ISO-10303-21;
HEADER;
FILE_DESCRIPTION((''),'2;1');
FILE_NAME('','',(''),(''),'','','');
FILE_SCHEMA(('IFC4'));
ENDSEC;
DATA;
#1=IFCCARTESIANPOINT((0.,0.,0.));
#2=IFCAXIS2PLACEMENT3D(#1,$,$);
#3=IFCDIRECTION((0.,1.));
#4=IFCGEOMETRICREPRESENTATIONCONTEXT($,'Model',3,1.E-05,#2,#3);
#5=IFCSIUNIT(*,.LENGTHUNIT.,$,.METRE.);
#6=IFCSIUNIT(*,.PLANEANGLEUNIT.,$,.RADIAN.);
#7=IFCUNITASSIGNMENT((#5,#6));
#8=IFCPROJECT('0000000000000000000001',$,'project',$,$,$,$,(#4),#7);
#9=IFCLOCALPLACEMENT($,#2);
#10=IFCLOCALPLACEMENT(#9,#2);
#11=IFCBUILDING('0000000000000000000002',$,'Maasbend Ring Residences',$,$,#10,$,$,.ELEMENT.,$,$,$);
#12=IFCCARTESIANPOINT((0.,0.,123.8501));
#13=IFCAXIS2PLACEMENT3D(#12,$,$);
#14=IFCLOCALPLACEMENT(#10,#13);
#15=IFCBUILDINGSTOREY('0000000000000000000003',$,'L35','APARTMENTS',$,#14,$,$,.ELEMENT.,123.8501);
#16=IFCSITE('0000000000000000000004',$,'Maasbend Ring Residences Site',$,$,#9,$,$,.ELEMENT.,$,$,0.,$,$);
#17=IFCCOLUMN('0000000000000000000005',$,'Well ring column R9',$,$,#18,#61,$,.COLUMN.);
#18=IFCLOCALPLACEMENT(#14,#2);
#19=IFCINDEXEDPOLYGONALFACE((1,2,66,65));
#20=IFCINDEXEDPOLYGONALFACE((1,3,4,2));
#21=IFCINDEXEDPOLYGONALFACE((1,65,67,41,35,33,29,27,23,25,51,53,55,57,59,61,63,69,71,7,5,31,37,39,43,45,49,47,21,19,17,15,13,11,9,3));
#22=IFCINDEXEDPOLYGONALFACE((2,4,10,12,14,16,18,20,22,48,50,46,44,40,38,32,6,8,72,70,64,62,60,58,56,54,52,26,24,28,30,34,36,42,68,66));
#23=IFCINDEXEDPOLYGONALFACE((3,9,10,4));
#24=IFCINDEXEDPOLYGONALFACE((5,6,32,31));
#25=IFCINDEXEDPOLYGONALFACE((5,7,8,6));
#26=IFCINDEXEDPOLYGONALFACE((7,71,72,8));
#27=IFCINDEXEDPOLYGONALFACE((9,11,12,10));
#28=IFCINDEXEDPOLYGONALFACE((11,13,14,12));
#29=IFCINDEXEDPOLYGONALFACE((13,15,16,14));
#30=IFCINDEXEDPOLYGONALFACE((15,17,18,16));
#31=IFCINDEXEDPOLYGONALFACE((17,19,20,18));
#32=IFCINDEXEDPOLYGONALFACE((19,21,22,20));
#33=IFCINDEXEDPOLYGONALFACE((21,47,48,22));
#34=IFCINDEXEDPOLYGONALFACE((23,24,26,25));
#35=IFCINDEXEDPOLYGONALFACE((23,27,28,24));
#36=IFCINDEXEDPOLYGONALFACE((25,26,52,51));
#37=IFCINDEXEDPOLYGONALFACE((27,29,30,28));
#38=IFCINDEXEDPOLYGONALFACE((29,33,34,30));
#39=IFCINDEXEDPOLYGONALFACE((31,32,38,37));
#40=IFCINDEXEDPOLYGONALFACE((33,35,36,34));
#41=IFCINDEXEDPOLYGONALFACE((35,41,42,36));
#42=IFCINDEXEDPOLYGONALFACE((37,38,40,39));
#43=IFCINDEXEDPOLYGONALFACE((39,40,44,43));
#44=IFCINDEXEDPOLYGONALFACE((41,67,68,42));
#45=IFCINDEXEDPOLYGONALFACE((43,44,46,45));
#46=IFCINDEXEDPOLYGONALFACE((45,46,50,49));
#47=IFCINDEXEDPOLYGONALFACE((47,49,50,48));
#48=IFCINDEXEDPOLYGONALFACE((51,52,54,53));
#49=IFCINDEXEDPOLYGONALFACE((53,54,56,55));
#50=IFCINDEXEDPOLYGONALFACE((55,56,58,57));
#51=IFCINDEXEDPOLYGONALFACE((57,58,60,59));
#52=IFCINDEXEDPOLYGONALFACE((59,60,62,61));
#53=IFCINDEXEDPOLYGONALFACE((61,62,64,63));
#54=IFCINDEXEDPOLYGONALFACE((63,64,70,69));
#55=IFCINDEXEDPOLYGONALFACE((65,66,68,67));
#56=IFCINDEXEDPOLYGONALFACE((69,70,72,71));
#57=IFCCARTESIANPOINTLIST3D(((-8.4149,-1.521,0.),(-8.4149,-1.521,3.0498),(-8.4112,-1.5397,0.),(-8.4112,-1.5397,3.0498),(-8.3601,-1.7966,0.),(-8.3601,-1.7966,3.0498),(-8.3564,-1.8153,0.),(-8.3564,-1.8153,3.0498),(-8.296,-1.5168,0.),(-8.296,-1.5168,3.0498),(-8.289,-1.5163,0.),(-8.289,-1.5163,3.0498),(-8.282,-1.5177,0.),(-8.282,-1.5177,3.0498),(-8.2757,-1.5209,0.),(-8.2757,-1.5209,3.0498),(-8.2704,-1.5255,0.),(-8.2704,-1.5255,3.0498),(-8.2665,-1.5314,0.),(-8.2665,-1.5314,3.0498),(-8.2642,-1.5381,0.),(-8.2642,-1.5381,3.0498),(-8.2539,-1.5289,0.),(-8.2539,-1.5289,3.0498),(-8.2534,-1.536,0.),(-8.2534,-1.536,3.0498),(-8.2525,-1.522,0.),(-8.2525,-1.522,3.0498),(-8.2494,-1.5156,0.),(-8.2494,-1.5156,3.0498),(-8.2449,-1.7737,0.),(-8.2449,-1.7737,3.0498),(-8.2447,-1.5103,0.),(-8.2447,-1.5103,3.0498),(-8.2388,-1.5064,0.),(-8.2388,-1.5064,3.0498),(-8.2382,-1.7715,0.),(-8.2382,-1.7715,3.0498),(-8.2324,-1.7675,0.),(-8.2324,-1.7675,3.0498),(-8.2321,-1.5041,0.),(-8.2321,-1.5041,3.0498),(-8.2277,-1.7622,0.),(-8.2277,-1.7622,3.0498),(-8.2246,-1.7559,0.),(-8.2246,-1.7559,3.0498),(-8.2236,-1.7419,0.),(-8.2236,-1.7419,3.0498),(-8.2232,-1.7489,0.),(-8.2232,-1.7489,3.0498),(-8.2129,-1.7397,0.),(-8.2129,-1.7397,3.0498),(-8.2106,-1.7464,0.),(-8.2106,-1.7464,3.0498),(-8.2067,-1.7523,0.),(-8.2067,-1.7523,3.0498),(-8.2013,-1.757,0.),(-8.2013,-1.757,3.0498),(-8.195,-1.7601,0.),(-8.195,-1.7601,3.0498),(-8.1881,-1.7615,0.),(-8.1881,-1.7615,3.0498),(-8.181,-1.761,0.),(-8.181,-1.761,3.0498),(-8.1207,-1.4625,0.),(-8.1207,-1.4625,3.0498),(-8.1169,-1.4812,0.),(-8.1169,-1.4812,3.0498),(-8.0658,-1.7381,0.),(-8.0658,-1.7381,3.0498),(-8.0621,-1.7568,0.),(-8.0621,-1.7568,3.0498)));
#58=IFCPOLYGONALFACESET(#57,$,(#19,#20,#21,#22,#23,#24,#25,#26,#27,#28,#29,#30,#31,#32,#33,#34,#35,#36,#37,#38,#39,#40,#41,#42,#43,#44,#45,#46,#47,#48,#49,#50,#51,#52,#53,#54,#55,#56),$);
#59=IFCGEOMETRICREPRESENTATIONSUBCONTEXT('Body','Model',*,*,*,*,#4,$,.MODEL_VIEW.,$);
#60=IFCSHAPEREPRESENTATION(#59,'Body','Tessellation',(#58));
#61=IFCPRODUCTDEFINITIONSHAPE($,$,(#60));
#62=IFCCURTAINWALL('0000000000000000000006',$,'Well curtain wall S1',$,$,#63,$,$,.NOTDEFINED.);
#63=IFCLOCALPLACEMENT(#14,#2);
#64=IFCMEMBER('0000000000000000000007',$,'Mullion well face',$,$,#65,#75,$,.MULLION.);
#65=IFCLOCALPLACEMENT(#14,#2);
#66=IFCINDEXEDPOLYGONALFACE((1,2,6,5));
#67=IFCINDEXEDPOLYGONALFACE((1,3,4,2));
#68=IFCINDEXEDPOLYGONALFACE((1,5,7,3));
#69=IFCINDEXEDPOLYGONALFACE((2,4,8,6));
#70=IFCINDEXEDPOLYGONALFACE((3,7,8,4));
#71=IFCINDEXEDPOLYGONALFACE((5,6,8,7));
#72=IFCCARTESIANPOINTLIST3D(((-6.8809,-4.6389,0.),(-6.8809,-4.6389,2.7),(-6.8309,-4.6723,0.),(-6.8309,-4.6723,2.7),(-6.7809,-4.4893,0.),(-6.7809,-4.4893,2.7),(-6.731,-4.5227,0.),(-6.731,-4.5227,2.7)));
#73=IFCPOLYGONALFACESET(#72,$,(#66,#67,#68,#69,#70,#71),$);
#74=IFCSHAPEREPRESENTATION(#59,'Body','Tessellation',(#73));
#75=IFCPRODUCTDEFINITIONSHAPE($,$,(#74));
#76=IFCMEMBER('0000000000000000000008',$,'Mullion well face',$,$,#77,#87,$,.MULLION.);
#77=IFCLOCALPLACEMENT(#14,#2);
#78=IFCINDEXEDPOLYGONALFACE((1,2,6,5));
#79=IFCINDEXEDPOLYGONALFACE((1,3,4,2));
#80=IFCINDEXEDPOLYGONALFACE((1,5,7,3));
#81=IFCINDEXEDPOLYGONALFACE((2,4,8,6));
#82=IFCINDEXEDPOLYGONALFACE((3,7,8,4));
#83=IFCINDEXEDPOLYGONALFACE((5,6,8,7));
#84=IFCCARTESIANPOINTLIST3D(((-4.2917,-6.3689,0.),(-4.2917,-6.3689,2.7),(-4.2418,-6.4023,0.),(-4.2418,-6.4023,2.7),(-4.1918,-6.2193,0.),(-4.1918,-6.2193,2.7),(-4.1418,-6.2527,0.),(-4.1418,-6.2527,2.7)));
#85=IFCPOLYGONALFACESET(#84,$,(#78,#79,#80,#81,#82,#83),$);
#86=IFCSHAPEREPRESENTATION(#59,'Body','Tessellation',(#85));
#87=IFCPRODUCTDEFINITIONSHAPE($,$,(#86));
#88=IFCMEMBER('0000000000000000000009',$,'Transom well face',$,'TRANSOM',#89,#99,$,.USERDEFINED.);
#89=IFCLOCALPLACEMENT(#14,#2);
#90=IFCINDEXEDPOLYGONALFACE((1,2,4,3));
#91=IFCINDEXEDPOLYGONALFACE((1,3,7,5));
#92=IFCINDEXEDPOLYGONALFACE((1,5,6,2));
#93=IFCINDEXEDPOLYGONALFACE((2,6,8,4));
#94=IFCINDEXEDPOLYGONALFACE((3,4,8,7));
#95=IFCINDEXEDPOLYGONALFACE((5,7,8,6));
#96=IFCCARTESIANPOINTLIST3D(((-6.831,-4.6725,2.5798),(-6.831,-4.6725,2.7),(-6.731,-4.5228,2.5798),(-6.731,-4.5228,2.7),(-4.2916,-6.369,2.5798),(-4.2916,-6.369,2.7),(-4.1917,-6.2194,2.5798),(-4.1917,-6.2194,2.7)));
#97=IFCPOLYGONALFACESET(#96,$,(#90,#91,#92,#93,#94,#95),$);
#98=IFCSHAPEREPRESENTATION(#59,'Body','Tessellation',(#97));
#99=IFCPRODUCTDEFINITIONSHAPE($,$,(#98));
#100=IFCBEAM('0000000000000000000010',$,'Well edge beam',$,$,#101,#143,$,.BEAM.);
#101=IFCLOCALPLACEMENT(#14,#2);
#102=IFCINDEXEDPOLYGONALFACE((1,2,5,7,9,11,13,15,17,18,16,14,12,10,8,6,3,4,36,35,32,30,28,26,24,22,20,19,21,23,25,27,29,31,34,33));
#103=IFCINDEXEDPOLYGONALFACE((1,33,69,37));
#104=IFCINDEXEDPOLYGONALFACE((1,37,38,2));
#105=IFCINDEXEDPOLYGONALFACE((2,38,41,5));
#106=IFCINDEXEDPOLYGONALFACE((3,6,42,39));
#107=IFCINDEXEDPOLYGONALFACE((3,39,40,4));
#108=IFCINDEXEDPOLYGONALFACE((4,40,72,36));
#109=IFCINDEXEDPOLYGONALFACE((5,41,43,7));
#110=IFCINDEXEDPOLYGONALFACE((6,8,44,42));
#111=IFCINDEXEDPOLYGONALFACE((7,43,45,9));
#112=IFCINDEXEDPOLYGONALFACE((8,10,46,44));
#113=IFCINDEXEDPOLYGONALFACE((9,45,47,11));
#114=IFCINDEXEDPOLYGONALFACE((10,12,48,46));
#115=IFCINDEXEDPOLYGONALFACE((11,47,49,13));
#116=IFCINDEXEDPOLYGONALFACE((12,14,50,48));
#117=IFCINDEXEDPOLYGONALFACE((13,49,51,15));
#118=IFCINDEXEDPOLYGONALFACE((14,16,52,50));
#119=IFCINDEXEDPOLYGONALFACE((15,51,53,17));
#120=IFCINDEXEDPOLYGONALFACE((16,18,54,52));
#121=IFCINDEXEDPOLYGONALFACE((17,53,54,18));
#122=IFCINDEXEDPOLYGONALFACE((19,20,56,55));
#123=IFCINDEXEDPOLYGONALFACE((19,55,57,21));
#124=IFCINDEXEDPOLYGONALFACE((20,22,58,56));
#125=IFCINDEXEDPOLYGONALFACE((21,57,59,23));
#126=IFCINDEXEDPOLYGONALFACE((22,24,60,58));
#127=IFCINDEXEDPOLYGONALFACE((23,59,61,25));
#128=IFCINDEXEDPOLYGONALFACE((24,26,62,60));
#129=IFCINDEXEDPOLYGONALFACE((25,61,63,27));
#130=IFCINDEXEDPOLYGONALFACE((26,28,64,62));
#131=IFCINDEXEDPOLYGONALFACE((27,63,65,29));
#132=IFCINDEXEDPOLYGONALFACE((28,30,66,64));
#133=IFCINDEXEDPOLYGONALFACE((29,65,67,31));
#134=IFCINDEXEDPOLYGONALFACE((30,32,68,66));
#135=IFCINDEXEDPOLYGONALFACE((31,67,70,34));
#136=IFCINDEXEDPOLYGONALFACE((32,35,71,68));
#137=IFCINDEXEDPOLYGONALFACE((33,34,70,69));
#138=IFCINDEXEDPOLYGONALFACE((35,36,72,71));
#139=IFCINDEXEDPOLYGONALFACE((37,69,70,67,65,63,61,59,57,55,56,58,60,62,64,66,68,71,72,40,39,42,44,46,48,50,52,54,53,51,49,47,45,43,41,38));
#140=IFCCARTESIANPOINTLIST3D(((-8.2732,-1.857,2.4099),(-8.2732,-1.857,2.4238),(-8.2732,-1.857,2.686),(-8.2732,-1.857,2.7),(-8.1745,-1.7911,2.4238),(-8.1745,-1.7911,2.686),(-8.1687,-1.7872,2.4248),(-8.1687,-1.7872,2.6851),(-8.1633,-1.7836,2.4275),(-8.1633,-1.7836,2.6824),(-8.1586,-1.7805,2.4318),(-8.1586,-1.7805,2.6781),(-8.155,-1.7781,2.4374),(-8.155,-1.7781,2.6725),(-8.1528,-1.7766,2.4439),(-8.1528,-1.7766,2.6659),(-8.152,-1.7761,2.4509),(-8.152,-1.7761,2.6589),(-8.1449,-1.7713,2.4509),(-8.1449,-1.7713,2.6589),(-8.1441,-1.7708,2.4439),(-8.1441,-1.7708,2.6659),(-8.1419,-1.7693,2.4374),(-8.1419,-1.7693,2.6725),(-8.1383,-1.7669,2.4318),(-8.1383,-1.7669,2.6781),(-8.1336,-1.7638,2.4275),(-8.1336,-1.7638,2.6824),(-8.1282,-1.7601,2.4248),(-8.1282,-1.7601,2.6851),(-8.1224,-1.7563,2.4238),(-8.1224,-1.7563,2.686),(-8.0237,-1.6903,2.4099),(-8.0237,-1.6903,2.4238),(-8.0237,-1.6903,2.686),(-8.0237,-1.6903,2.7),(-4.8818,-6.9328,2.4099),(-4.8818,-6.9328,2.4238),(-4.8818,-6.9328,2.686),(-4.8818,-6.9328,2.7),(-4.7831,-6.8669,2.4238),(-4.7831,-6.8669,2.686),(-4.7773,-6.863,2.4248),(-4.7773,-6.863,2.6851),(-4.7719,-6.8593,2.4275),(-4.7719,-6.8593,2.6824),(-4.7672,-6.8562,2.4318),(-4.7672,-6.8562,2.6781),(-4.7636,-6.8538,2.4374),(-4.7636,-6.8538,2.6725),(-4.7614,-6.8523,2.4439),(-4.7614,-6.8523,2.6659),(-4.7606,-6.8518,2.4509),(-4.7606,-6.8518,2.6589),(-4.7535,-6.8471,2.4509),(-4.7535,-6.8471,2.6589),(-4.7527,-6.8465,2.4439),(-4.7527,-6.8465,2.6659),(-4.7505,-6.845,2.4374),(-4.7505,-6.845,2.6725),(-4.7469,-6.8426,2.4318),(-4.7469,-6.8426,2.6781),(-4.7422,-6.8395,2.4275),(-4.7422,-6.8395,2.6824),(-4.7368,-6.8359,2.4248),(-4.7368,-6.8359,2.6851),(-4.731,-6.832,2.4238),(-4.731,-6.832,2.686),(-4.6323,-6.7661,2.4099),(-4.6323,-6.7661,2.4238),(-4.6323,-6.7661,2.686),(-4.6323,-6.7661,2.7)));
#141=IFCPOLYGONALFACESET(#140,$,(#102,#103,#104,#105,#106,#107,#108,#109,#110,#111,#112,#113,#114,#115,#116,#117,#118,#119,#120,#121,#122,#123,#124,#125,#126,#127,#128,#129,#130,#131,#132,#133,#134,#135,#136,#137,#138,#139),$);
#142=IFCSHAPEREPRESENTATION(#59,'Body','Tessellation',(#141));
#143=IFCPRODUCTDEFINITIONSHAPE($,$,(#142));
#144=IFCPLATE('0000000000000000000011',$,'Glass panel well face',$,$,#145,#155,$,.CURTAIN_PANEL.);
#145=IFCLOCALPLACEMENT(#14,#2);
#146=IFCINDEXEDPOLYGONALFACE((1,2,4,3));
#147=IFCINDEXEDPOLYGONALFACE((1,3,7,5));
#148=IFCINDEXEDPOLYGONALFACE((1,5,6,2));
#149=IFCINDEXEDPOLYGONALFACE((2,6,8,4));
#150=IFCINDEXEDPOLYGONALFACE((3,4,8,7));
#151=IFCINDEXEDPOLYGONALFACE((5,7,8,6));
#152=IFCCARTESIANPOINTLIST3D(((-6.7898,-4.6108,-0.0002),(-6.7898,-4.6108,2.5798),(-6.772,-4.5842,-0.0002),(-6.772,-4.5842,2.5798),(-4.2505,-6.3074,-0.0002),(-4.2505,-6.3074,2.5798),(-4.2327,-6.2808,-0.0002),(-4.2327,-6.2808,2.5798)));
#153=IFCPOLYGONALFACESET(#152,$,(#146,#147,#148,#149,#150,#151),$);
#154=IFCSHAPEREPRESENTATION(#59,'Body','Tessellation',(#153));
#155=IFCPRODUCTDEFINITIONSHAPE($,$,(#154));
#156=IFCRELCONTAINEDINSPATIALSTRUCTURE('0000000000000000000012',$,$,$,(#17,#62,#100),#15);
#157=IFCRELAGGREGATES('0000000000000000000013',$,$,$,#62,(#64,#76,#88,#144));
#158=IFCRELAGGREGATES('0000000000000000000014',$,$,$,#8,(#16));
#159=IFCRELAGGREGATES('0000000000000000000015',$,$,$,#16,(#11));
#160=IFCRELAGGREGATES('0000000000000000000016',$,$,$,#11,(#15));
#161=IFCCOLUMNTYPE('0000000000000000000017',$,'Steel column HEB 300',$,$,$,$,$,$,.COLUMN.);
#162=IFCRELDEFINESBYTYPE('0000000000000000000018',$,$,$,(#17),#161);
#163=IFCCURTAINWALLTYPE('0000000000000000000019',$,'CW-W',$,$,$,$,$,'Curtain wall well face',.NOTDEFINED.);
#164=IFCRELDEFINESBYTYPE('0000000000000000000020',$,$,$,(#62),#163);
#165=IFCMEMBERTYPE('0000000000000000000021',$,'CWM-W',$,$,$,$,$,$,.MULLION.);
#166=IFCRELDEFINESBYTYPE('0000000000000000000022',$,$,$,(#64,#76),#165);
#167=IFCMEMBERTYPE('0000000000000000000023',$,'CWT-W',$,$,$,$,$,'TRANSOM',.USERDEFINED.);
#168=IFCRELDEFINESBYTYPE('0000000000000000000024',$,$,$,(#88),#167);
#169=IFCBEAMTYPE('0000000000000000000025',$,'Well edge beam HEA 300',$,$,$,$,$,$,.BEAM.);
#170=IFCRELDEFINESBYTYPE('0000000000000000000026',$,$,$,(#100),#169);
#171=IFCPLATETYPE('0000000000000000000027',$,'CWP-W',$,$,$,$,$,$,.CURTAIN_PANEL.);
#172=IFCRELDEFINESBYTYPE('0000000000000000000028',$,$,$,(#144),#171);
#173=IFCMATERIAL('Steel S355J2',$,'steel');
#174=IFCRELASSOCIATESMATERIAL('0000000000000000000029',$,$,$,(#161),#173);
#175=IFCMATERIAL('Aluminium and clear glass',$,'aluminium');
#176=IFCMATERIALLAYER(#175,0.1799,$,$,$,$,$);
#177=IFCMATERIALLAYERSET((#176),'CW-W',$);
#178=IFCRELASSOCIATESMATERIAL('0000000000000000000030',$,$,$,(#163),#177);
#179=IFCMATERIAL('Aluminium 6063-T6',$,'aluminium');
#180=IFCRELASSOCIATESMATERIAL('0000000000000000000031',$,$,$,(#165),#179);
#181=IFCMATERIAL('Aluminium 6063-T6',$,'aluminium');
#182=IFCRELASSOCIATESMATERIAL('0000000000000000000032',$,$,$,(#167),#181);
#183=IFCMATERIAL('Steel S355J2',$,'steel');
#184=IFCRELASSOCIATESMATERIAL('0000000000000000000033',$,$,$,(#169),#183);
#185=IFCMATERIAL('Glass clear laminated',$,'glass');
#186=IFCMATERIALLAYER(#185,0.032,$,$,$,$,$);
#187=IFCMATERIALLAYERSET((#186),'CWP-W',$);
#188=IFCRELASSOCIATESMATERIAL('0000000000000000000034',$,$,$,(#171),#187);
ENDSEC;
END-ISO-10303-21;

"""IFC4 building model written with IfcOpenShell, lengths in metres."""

from ifc_helpers import new_model, si_unit, direction, frame, origin, origin_2d, place, context, subcontext, project, spatial, rectangle, i_section, extrude, material, layer, layer_set, material_profile, profile_set, type_object, element, aggregate, save


model = new_model("IFC4")

# Units and contexts
model_context = context("Model", 3, precision=1e-05, world=origin(), true_north=direction((0.0, 1.0)))
body_context = subcontext(model_context, "Body", "Model", "MODEL_VIEW")
ifc_project = project(units=[si_unit("LENGTHUNIT", "METRE"), si_unit("PLANEANGLEUNIT", "RADIAN")], contexts=[model_context])

# Site, building, storey
site_placement = place(None, origin())
site = spatial("IfcSite", under=ifc_project, at=site_placement, Name="Maasbend Ring Residences Site", CompositionType="ELEMENT", RefElevation=0.0)
building_placement = place(site_placement, origin())
building = spatial("IfcBuilding", under=site, at=building_placement, Name="Maasbend Ring Residences", CompositionType="ELEMENT")
storey_placement = place(building_placement, frame((0.0, 0.0, 123.8501)))
storey = spatial("IfcBuildingStorey", under=building, at=storey_placement, Name="L35", Description="APARTMENTS", CompositionType="ELEMENT", Elevation=123.8501)

# Column
ifc_material_1 = material(Name="Steel S355J2", Category="steel")
ifc_material_profile_1 = material_profile(ifc_material_1, i_section(OverallWidth=0.3, OverallDepth=0.3, WebThickness=0.011, FlangeThickness=0.019, FilletRadius=0.0271, at=origin_2d()), Name="HEB 300")
ifc_profile_set_1 = profile_set([ifc_material_profile_1], Name="Steel S355J2")
column_type = type_object("IfcColumnType", Name="Steel column HEB 300", PredefinedType="COLUMN", material=ifc_profile_set_1)
column_placement = place(storey_placement, frame((-8.2385, -1.6389, 0.0), z_axis=(0.0, 0.0, 1.0), x_axis=(-0.980785, -0.19509, 0.0)))
element("IfcColumn", 1, at=column_placement, inside=storey, type_object=column_type, Name="Well ring column R9", PredefinedType="COLUMN", context=body_context, shape_type="SweptSolid", body=[
    extrude(i_section(OverallWidth=0.3, OverallDepth=0.3, WebThickness=0.011, FlangeThickness=0.019, FilletRadius=0.0271, at=origin_2d()), origin(), (0.0, 0.0, 1.0), 3.0498),
])

# Curtain wall, members
ifc_material_2 = material(Name="Aluminium and clear glass", Category="aluminium")
ifc_layer_1 = layer(ifc_material_2, 0.1799)
ifc_layer_set_1 = layer_set([ifc_layer_1], Name="CW-W")
curtain_wall_type = type_object("IfcCurtainWallType", Name="CW-W", ElementType="Curtain wall well face", PredefinedType="NOTDEFINED", material=ifc_layer_set_1)
curtain_wall_placement = place(storey_placement, origin())
curtain_wall = element("IfcCurtainWall", 2, at=curtain_wall_placement, inside=storey, type_object=curtain_wall_type, Name="Well curtain wall S1", PredefinedType="NOTDEFINED")
ifc_material_3 = material(Name="Aluminium 6063-T6", Category="aluminium")
ifc_material_profile_2 = material_profile(ifc_material_3, rectangle(XDim=0.1799, YDim=0.0601, at=origin_2d()), Name="AL 180x60")
ifc_profile_set_2 = profile_set([ifc_material_profile_2], Name="Aluminium 6063-T6")
member_type_1 = type_object("IfcMemberType", Name="CWM-W", PredefinedType="MULLION", material=ifc_profile_set_2)
member_1_placement = place(storey_placement, frame((-6.8059, -4.5808, 0.0), z_axis=(0.0, 0.0, 1.0), x_axis=(0.55557, 0.83147, 0.0)))
member_1 = element("IfcMember", 3, at=member_1_placement, type_object=member_type_1, Name="Mullion well face", PredefinedType="MULLION", context=body_context, shape_type="SweptSolid", body=[
    extrude(rectangle(XDim=0.1799, YDim=0.0601, at=origin_2d()), origin(), (0.0, 0.0, 1.0), 2.7),
])
member_2_placement = place(storey_placement, frame((-4.2168, -6.3108, 0.0), z_axis=(0.0, 0.0, 1.0), x_axis=(0.55557, 0.83147, 0.0)))
member_2 = element("IfcMember", 4, at=member_2_placement, type_object=member_type_1, Name="Mullion well face", PredefinedType="MULLION", context=body_context, shape_type="SweptSolid", body=[
    extrude(rectangle(XDim=0.1799, YDim=0.0601, at=origin_2d()), origin(), (0.0, 0.0, 1.0), 2.7),
])
ifc_material_4 = material(Name="Aluminium 6063-T6", Category="aluminium")
ifc_material_profile_3 = material_profile(ifc_material_4, rectangle(XDim=0.1799, YDim=0.1201, at=origin_2d()), Name="AL 180x120")
ifc_profile_set_3 = profile_set([ifc_material_profile_3], Name="Aluminium 6063-T6")
member_type_2 = type_object("IfcMemberType", Name="CWT-W", ElementType="TRANSOM", PredefinedType="USERDEFINED", material=ifc_profile_set_3)
member_3_placement = place(storey_placement, frame((-6.781, -4.5977, 2.6399), z_axis=(0.831496, -0.55553, 0.0), x_axis=(0.55553, 0.831496, 0.0)))
member_3 = element("IfcMember", 5, at=member_3_placement, type_object=member_type_2, Name="Transom well face", ObjectType="TRANSOM", PredefinedType="USERDEFINED", context=body_context, shape_type="SweptSolid", body=[
    extrude(rectangle(XDim=0.1799, YDim=0.1201, at=origin_2d()), origin(), (0.0, 0.0, 1.0), 3.054),
])

# Beam
ifc_material_5 = material(Name="Steel S355J2", Category="steel")
ifc_material_profile_4 = material_profile(ifc_material_5, i_section(OverallWidth=0.3, OverallDepth=0.29, WebThickness=0.0085, FlangeThickness=0.0139, FilletRadius=0.0271, at=origin_2d()), Name="HEA 300")
ifc_profile_set_4 = profile_set([ifc_material_profile_4], Name="Steel S355J2")
beam_type = type_object("IfcBeamType", Name="Well edge beam HEA 300", PredefinedType="BEAM", material=ifc_profile_set_4)
beam_placement = place(storey_placement, frame((-8.1484, -1.7737, 2.5549), z_axis=(0.555558, -0.831478, 0.0), x_axis=(0.831478, 0.555558, 0.0)))
element("IfcBeam", 6, at=beam_placement, inside=storey, type_object=beam_type, Name="Well edge beam", PredefinedType="BEAM", context=body_context, shape_type="SweptSolid", body=[
    extrude(i_section(OverallWidth=0.3, OverallDepth=0.29, WebThickness=0.0085, FlangeThickness=0.0139, FilletRadius=0.0271, at=origin_2d()), origin(), (0.0, 0.0, 1.0), 6.1045),
])

# Plate
ifc_material_6 = material(Name="Glass clear laminated", Category="glass")
ifc_layer_2 = layer(ifc_material_6, 0.032)
ifc_layer_set_2 = layer_set([ifc_layer_2], Name="CWP-W")
plate_type = type_object("IfcPlateType", Name="CWP-W", PredefinedType="CURTAIN_PANEL", material=ifc_layer_set_2)
plate_placement = place(storey_placement, frame((-5.5112, -5.4458, -0.0002), z_axis=(0.0, 0.0, 1.0), x_axis=(0.83147, -0.55557, 0.0)))
plate = element("IfcPlate", 7, at=plate_placement, type_object=plate_type, Name="Glass panel well face", PredefinedType="CURTAIN_PANEL", context=body_context, shape_type="SweptSolid", body=[
    extrude(rectangle(XDim=3.054, YDim=0.032, at=origin_2d()), origin(), (0.0, 0.0, 1.0), 2.5801),
])
aggregate(curtain_wall, [member_1, member_2, member_3, plate])

save(model, "model.ifc")
